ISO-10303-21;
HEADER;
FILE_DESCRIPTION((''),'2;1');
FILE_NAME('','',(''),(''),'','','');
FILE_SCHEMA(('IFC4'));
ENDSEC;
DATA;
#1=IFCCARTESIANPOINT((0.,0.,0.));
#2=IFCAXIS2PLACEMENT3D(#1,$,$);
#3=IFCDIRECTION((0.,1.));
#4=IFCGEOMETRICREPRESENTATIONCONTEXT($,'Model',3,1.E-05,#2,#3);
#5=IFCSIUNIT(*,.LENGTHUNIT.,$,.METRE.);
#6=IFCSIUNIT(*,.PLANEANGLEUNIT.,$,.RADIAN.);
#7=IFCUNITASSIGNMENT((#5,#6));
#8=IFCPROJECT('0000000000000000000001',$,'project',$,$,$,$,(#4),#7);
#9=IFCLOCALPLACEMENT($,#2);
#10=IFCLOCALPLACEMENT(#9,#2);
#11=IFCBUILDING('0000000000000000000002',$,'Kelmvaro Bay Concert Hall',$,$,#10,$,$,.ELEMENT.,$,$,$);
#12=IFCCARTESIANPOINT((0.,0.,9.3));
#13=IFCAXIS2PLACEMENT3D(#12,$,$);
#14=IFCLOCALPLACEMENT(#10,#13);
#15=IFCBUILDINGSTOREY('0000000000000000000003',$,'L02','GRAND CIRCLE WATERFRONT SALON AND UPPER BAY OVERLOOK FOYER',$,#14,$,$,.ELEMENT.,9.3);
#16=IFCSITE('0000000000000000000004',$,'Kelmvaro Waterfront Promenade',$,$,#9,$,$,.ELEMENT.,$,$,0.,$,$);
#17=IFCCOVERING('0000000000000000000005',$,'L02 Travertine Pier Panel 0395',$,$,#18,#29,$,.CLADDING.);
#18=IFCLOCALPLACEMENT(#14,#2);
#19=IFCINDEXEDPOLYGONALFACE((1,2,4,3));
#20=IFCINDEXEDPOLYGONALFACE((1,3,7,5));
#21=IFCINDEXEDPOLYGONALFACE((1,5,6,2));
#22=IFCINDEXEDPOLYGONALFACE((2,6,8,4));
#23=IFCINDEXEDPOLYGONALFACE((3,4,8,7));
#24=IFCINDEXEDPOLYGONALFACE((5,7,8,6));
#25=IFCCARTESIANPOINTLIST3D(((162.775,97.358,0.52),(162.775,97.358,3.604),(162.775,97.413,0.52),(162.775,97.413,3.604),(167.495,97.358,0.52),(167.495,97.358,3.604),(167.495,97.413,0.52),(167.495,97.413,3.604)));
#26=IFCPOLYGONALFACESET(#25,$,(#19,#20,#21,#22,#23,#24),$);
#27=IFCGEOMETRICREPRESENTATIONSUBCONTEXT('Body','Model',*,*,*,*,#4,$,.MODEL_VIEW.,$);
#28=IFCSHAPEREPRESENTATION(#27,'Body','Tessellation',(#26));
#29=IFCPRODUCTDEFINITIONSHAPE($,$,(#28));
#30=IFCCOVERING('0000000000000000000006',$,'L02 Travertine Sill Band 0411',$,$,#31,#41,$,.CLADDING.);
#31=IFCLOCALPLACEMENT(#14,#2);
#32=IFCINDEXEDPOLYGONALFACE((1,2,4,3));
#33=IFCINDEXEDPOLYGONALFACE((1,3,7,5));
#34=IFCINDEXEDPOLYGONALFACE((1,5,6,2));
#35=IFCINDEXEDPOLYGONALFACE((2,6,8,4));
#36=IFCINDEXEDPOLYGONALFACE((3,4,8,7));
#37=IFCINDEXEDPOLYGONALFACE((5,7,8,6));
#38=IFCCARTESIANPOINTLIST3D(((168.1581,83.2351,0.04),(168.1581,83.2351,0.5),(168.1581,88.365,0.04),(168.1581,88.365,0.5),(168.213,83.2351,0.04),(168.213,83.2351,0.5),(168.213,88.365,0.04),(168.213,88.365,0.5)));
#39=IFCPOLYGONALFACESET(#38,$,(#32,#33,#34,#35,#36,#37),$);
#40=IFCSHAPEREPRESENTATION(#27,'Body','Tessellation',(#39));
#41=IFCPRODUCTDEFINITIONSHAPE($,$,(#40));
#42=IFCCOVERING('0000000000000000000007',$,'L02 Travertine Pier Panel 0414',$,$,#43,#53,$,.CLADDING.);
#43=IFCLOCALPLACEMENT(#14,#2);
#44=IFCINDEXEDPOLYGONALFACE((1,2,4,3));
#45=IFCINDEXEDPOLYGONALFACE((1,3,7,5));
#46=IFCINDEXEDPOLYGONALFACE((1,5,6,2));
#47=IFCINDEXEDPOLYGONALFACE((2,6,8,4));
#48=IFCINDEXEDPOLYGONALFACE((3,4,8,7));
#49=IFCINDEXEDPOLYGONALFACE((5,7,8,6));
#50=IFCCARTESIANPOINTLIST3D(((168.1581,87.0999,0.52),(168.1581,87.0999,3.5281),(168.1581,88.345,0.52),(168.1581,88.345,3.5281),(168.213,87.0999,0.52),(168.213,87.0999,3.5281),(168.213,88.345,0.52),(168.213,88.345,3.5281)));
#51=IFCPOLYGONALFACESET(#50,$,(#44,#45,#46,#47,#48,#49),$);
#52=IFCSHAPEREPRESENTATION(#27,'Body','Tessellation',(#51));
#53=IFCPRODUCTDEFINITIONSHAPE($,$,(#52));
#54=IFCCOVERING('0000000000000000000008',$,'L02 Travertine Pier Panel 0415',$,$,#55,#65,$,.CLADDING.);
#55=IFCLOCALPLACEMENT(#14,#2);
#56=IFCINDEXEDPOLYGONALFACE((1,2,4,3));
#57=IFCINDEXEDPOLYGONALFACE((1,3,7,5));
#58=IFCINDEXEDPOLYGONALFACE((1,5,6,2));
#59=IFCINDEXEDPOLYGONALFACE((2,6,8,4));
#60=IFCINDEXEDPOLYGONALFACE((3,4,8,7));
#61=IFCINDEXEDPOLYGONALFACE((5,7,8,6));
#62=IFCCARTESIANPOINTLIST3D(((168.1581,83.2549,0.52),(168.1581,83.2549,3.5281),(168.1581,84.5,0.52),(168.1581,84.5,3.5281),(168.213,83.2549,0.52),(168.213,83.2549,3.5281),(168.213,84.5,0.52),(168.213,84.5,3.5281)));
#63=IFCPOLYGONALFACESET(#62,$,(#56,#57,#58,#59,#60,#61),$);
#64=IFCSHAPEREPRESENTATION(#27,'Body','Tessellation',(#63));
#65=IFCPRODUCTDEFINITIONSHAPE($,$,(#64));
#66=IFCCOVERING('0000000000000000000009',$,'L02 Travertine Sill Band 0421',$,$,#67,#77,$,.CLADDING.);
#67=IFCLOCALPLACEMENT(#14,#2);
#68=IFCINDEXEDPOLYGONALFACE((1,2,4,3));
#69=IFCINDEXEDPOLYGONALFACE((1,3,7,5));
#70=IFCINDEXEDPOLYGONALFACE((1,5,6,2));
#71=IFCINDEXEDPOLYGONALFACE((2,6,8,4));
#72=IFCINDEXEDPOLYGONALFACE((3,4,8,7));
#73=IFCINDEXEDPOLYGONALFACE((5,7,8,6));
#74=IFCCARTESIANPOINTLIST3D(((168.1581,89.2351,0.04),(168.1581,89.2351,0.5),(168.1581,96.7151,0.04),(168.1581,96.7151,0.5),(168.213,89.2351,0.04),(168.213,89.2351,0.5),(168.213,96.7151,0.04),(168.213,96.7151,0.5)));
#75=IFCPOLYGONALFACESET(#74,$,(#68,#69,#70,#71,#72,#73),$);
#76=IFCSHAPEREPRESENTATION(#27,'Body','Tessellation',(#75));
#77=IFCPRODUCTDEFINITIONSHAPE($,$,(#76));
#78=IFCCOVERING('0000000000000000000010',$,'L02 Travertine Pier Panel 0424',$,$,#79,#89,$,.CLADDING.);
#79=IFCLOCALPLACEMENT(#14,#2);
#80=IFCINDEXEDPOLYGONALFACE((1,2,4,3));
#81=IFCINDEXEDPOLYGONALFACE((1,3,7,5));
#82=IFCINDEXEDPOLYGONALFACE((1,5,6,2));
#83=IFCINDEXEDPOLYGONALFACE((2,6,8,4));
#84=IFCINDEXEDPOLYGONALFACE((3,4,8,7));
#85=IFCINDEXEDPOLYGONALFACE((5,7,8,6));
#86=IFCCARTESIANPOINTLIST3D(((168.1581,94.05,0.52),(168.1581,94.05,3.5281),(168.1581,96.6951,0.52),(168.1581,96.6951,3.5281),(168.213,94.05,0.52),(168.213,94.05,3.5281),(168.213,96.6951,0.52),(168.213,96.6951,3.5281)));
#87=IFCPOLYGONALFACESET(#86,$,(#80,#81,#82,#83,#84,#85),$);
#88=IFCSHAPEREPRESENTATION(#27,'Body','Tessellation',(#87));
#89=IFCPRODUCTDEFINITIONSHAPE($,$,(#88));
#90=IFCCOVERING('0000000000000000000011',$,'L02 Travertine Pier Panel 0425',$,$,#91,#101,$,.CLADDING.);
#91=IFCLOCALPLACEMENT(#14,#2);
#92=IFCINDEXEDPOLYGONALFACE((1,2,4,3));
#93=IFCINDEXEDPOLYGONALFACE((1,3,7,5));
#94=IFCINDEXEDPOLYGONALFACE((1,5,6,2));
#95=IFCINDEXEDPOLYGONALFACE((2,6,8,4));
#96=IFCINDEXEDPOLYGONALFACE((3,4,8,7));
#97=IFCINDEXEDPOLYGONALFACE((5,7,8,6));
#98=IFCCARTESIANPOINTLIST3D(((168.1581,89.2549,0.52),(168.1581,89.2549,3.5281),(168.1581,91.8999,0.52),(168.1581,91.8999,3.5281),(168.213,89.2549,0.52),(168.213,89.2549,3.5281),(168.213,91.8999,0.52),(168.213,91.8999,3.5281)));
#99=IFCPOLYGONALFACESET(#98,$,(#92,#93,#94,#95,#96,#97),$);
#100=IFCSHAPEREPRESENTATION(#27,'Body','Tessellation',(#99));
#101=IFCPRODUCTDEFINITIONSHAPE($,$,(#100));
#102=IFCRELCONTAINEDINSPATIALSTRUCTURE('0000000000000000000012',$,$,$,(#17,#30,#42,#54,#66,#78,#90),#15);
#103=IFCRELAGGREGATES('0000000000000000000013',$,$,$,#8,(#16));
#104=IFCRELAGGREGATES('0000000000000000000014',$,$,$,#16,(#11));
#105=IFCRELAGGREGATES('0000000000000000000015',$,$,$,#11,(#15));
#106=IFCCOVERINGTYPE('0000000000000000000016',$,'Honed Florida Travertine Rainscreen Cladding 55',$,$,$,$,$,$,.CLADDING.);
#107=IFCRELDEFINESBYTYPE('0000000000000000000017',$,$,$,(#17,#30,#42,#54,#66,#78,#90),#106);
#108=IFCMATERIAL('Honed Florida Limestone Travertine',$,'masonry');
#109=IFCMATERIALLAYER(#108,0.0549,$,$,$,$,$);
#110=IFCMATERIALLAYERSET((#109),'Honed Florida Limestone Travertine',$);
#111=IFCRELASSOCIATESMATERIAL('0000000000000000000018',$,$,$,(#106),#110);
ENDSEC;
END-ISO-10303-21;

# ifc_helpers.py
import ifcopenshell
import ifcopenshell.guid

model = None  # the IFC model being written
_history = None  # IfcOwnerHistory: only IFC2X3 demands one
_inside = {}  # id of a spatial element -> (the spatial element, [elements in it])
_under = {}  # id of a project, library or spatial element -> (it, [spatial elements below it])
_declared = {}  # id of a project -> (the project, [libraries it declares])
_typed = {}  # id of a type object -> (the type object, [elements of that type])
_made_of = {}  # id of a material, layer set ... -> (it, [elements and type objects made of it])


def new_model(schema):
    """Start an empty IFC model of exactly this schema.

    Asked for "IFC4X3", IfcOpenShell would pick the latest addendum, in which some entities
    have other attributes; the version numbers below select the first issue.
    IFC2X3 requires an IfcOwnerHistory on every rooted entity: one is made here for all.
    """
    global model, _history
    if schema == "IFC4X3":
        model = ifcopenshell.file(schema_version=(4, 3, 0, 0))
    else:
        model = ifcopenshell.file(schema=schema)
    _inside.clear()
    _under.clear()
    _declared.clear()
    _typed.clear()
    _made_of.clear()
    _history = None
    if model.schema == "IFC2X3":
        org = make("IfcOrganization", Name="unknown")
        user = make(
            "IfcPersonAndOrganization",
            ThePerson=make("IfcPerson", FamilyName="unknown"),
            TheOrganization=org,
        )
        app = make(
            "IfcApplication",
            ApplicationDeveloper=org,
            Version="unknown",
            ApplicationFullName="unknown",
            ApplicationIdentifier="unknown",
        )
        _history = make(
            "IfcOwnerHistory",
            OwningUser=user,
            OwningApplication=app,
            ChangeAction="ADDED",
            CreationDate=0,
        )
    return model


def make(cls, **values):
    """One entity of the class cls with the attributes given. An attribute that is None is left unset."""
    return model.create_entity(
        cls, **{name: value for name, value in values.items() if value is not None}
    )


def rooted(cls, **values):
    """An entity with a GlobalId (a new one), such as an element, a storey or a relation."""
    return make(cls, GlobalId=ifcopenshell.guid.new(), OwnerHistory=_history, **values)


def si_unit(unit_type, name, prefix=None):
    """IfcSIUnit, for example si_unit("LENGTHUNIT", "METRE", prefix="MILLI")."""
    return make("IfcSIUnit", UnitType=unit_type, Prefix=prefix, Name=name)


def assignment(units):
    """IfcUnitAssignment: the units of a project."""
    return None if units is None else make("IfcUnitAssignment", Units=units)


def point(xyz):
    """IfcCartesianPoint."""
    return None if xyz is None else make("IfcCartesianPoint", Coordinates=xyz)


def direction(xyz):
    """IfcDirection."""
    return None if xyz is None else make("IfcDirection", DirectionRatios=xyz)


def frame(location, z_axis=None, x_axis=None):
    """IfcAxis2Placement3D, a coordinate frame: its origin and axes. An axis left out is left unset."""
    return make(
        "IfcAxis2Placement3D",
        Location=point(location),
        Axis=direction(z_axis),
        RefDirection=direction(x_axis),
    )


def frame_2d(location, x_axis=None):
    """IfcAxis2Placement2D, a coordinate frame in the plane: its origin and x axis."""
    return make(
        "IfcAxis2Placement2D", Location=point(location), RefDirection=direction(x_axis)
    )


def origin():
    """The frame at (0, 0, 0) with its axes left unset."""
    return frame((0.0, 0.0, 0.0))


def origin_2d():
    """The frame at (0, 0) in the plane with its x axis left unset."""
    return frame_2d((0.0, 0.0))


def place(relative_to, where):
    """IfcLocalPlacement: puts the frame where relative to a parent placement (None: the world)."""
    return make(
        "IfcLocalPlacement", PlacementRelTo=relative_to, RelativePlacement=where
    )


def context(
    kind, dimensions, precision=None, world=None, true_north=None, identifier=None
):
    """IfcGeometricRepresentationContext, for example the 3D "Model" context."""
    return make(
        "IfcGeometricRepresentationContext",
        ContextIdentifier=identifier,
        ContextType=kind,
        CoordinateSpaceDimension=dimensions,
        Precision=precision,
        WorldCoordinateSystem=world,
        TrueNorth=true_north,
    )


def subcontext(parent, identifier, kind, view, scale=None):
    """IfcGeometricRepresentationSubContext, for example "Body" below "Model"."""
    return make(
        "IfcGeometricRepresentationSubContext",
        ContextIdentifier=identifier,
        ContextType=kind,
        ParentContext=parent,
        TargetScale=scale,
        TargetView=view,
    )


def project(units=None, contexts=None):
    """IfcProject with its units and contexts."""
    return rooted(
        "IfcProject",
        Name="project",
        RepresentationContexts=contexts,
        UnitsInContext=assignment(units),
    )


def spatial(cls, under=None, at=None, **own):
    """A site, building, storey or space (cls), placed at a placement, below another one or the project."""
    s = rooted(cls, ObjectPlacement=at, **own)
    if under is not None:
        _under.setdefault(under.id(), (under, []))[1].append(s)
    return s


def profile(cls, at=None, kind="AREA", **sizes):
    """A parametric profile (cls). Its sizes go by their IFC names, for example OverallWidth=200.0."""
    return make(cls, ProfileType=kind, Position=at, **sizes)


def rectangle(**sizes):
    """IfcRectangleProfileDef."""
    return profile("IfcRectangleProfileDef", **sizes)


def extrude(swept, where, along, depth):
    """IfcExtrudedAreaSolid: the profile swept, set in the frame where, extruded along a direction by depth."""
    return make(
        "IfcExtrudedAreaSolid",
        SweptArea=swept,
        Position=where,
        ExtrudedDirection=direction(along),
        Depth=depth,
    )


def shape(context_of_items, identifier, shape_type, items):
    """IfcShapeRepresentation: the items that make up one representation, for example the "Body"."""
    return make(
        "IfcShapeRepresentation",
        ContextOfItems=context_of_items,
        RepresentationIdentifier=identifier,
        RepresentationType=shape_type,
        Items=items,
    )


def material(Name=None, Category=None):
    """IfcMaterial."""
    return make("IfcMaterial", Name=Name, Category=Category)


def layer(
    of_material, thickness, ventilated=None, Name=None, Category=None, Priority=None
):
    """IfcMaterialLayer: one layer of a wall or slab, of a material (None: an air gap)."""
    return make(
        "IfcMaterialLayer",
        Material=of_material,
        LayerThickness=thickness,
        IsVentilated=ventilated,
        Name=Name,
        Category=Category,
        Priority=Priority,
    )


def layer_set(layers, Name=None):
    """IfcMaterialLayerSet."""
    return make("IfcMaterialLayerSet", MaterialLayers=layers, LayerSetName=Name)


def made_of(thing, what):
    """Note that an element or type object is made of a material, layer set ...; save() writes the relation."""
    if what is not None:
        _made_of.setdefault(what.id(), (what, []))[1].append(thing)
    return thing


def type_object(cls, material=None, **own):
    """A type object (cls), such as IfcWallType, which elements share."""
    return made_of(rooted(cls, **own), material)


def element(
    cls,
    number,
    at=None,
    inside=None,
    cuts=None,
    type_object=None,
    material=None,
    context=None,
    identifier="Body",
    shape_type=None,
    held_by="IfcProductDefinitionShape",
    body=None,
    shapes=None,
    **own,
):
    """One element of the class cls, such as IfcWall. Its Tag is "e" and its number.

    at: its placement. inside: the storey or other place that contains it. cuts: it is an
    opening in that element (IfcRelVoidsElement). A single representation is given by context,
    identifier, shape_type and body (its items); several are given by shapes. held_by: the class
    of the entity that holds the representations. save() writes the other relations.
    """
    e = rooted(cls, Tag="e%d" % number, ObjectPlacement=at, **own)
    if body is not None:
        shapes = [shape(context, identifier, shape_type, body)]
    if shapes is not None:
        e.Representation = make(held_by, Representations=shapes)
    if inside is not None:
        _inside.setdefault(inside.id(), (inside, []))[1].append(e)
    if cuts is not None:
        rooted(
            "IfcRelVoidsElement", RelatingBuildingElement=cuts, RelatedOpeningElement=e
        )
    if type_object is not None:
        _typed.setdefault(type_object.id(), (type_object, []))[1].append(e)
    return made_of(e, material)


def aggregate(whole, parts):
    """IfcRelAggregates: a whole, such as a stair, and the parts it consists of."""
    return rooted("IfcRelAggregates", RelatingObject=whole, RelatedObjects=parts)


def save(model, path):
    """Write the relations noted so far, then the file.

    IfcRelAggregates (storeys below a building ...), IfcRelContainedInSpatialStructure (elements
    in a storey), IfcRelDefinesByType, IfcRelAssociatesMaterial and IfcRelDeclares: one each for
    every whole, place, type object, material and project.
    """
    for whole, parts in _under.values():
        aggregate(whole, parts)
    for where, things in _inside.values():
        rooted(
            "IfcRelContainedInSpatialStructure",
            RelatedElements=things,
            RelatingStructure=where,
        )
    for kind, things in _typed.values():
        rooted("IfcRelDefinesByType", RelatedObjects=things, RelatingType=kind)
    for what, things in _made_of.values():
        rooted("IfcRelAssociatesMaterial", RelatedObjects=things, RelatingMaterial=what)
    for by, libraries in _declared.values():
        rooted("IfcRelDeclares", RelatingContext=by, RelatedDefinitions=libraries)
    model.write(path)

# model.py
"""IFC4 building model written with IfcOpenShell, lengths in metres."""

from ifc_helpers import new_model, si_unit, direction, frame, origin, origin_2d, place, context, subcontext, project, spatial, rectangle, extrude, material, layer, layer_set, type_object, element, save


model = new_model("IFC4")

# Units and contexts
model_context = context("Model", 3, precision=1e-05, world=origin(), true_north=direction((0.0, 1.0)))
body_context = subcontext(model_context, "Body", "Model", "MODEL_VIEW")
ifc_project = project(units=[si_unit("LENGTHUNIT", "METRE"), si_unit("PLANEANGLEUNIT", "RADIAN")], contexts=[model_context])

# Site, building, storey
site_placement = place(None, origin())
site = spatial("IfcSite", under=ifc_project, at=site_placement, Name="Kelmvaro Waterfront Promenade", CompositionType="ELEMENT", RefElevation=0.0)
building_placement = place(site_placement, origin())
building = spatial("IfcBuilding", under=site, at=building_placement, Name="Kelmvaro Bay Concert Hall", CompositionType="ELEMENT")
storey_placement = place(building_placement, frame((0.0, 0.0, 9.3)))
storey = spatial("IfcBuildingStorey", under=building, at=storey_placement, Name="L02", Description="GRAND CIRCLE WATERFRONT SALON AND UPPER BAY OVERLOOK FOYER", CompositionType="ELEMENT", Elevation=9.3)

# Coverings
ifc_material_1 = material(Name="Honed Florida Limestone Travertine", Category="masonry")
ifc_layer_1 = layer(ifc_material_1, 0.0549)
ifc_layer_set_1 = layer_set([ifc_layer_1], Name="Honed Florida Limestone Travertine")
covering_type_1 = type_object("IfcCoveringType", Name="Honed Florida Travertine Rainscreen Cladding 55", PredefinedType="CLADDING", material=ifc_layer_set_1)
covering_1_placement = place(storey_placement, frame((165.135, 97.3855, 0.52), z_axis=(0.0, 0.0, 1.0), x_axis=(1.0, 0.0, 0.0)))
element("IfcCovering", 1, at=covering_1_placement, inside=storey, type_object=covering_type_1, Name="L02 Travertine Pier Panel 0395", PredefinedType="CLADDING", context=body_context, shape_type="SweptSolid", body=[
    extrude(rectangle(XDim=4.72, YDim=0.0549, at=origin_2d()), origin(), (0.0, 0.0, 1.0), 3.084),
])
covering_2_placement = place(storey_placement, frame((168.1855, 85.8, 0.04), z_axis=(0.0, 0.0, 1.0), x_axis=(0.0, -1.0, 0.0)))
element("IfcCovering", 2, at=covering_2_placement, inside=storey, type_object=covering_type_1, Name="L02 Travertine Sill Band 0411", PredefinedType="CLADDING", context=body_context, shape_type="SweptSolid", body=[
    extrude(rectangle(XDim=5.1299, YDim=0.0549, at=origin_2d()), origin(), (0.0, 0.0, 1.0), 0.46),
])
for number, where, z_axis, x_axis, name in (
    (3, (168.1855, 87.7224, 0.52), (0.0, 0.0, 1.0), (0.0, -1.0, 0.0), "L02 Travertine Pier Panel 0414"),
    (4, (168.1855, 83.8774, 0.52), (0.0, 0.0, 1.0), (0.0, -1.0, 0.0), "L02 Travertine Pier Panel 0415"),
):
    element("IfcCovering", number, at=place(storey_placement, frame(where, z_axis=z_axis, x_axis=x_axis)), inside=storey, type_object=covering_type_1, Name=name, PredefinedType="CLADDING", context=body_context, shape_type="SweptSolid", body=[
        extrude(rectangle(XDim=1.2451, YDim=0.0549, at=origin_2d()), origin(), (0.0, 0.0, 1.0), 3.0081),
    ])
covering_3_placement = place(storey_placement, frame((168.1855, 92.9751, 0.04), z_axis=(0.0, 0.0, 1.0), x_axis=(0.0, -1.0, 0.0)))
element("IfcCovering", 5, at=covering_3_placement, inside=storey, type_object=covering_type_1, Name="L02 Travertine Sill Band 0421", PredefinedType="CLADDING", context=body_context, shape_type="SweptSolid", body=[
    extrude(rectangle(XDim=7.48, YDim=0.0549, at=origin_2d()), origin(), (0.0, 0.0, 1.0), 0.46),
])
for number, where, z_axis, x_axis, name in (
    (6, (168.1855, 95.3726, 0.52), (0.0, 0.0, 1.0), (0.0, -1.0, 0.0), "L02 Travertine Pier Panel 0424"),
    (7, (168.1855, 90.5774, 0.52), (0.0, 0.0, 1.0), (0.0, -1.0, 0.0), "L02 Travertine Pier Panel 0425"),
):
    element("IfcCovering", number, at=place(storey_placement, frame(where, z_axis=z_axis, x_axis=x_axis)), inside=storey, type_object=covering_type_1, Name=name, PredefinedType="CLADDING", context=body_context, shape_type="SweptSolid", body=[
        extrude(rectangle(XDim=2.645, YDim=0.0549, at=origin_2d()), origin(), (0.0, 0.0, 1.0), 3.0081),
    ])

save(model, "model.ifc")
